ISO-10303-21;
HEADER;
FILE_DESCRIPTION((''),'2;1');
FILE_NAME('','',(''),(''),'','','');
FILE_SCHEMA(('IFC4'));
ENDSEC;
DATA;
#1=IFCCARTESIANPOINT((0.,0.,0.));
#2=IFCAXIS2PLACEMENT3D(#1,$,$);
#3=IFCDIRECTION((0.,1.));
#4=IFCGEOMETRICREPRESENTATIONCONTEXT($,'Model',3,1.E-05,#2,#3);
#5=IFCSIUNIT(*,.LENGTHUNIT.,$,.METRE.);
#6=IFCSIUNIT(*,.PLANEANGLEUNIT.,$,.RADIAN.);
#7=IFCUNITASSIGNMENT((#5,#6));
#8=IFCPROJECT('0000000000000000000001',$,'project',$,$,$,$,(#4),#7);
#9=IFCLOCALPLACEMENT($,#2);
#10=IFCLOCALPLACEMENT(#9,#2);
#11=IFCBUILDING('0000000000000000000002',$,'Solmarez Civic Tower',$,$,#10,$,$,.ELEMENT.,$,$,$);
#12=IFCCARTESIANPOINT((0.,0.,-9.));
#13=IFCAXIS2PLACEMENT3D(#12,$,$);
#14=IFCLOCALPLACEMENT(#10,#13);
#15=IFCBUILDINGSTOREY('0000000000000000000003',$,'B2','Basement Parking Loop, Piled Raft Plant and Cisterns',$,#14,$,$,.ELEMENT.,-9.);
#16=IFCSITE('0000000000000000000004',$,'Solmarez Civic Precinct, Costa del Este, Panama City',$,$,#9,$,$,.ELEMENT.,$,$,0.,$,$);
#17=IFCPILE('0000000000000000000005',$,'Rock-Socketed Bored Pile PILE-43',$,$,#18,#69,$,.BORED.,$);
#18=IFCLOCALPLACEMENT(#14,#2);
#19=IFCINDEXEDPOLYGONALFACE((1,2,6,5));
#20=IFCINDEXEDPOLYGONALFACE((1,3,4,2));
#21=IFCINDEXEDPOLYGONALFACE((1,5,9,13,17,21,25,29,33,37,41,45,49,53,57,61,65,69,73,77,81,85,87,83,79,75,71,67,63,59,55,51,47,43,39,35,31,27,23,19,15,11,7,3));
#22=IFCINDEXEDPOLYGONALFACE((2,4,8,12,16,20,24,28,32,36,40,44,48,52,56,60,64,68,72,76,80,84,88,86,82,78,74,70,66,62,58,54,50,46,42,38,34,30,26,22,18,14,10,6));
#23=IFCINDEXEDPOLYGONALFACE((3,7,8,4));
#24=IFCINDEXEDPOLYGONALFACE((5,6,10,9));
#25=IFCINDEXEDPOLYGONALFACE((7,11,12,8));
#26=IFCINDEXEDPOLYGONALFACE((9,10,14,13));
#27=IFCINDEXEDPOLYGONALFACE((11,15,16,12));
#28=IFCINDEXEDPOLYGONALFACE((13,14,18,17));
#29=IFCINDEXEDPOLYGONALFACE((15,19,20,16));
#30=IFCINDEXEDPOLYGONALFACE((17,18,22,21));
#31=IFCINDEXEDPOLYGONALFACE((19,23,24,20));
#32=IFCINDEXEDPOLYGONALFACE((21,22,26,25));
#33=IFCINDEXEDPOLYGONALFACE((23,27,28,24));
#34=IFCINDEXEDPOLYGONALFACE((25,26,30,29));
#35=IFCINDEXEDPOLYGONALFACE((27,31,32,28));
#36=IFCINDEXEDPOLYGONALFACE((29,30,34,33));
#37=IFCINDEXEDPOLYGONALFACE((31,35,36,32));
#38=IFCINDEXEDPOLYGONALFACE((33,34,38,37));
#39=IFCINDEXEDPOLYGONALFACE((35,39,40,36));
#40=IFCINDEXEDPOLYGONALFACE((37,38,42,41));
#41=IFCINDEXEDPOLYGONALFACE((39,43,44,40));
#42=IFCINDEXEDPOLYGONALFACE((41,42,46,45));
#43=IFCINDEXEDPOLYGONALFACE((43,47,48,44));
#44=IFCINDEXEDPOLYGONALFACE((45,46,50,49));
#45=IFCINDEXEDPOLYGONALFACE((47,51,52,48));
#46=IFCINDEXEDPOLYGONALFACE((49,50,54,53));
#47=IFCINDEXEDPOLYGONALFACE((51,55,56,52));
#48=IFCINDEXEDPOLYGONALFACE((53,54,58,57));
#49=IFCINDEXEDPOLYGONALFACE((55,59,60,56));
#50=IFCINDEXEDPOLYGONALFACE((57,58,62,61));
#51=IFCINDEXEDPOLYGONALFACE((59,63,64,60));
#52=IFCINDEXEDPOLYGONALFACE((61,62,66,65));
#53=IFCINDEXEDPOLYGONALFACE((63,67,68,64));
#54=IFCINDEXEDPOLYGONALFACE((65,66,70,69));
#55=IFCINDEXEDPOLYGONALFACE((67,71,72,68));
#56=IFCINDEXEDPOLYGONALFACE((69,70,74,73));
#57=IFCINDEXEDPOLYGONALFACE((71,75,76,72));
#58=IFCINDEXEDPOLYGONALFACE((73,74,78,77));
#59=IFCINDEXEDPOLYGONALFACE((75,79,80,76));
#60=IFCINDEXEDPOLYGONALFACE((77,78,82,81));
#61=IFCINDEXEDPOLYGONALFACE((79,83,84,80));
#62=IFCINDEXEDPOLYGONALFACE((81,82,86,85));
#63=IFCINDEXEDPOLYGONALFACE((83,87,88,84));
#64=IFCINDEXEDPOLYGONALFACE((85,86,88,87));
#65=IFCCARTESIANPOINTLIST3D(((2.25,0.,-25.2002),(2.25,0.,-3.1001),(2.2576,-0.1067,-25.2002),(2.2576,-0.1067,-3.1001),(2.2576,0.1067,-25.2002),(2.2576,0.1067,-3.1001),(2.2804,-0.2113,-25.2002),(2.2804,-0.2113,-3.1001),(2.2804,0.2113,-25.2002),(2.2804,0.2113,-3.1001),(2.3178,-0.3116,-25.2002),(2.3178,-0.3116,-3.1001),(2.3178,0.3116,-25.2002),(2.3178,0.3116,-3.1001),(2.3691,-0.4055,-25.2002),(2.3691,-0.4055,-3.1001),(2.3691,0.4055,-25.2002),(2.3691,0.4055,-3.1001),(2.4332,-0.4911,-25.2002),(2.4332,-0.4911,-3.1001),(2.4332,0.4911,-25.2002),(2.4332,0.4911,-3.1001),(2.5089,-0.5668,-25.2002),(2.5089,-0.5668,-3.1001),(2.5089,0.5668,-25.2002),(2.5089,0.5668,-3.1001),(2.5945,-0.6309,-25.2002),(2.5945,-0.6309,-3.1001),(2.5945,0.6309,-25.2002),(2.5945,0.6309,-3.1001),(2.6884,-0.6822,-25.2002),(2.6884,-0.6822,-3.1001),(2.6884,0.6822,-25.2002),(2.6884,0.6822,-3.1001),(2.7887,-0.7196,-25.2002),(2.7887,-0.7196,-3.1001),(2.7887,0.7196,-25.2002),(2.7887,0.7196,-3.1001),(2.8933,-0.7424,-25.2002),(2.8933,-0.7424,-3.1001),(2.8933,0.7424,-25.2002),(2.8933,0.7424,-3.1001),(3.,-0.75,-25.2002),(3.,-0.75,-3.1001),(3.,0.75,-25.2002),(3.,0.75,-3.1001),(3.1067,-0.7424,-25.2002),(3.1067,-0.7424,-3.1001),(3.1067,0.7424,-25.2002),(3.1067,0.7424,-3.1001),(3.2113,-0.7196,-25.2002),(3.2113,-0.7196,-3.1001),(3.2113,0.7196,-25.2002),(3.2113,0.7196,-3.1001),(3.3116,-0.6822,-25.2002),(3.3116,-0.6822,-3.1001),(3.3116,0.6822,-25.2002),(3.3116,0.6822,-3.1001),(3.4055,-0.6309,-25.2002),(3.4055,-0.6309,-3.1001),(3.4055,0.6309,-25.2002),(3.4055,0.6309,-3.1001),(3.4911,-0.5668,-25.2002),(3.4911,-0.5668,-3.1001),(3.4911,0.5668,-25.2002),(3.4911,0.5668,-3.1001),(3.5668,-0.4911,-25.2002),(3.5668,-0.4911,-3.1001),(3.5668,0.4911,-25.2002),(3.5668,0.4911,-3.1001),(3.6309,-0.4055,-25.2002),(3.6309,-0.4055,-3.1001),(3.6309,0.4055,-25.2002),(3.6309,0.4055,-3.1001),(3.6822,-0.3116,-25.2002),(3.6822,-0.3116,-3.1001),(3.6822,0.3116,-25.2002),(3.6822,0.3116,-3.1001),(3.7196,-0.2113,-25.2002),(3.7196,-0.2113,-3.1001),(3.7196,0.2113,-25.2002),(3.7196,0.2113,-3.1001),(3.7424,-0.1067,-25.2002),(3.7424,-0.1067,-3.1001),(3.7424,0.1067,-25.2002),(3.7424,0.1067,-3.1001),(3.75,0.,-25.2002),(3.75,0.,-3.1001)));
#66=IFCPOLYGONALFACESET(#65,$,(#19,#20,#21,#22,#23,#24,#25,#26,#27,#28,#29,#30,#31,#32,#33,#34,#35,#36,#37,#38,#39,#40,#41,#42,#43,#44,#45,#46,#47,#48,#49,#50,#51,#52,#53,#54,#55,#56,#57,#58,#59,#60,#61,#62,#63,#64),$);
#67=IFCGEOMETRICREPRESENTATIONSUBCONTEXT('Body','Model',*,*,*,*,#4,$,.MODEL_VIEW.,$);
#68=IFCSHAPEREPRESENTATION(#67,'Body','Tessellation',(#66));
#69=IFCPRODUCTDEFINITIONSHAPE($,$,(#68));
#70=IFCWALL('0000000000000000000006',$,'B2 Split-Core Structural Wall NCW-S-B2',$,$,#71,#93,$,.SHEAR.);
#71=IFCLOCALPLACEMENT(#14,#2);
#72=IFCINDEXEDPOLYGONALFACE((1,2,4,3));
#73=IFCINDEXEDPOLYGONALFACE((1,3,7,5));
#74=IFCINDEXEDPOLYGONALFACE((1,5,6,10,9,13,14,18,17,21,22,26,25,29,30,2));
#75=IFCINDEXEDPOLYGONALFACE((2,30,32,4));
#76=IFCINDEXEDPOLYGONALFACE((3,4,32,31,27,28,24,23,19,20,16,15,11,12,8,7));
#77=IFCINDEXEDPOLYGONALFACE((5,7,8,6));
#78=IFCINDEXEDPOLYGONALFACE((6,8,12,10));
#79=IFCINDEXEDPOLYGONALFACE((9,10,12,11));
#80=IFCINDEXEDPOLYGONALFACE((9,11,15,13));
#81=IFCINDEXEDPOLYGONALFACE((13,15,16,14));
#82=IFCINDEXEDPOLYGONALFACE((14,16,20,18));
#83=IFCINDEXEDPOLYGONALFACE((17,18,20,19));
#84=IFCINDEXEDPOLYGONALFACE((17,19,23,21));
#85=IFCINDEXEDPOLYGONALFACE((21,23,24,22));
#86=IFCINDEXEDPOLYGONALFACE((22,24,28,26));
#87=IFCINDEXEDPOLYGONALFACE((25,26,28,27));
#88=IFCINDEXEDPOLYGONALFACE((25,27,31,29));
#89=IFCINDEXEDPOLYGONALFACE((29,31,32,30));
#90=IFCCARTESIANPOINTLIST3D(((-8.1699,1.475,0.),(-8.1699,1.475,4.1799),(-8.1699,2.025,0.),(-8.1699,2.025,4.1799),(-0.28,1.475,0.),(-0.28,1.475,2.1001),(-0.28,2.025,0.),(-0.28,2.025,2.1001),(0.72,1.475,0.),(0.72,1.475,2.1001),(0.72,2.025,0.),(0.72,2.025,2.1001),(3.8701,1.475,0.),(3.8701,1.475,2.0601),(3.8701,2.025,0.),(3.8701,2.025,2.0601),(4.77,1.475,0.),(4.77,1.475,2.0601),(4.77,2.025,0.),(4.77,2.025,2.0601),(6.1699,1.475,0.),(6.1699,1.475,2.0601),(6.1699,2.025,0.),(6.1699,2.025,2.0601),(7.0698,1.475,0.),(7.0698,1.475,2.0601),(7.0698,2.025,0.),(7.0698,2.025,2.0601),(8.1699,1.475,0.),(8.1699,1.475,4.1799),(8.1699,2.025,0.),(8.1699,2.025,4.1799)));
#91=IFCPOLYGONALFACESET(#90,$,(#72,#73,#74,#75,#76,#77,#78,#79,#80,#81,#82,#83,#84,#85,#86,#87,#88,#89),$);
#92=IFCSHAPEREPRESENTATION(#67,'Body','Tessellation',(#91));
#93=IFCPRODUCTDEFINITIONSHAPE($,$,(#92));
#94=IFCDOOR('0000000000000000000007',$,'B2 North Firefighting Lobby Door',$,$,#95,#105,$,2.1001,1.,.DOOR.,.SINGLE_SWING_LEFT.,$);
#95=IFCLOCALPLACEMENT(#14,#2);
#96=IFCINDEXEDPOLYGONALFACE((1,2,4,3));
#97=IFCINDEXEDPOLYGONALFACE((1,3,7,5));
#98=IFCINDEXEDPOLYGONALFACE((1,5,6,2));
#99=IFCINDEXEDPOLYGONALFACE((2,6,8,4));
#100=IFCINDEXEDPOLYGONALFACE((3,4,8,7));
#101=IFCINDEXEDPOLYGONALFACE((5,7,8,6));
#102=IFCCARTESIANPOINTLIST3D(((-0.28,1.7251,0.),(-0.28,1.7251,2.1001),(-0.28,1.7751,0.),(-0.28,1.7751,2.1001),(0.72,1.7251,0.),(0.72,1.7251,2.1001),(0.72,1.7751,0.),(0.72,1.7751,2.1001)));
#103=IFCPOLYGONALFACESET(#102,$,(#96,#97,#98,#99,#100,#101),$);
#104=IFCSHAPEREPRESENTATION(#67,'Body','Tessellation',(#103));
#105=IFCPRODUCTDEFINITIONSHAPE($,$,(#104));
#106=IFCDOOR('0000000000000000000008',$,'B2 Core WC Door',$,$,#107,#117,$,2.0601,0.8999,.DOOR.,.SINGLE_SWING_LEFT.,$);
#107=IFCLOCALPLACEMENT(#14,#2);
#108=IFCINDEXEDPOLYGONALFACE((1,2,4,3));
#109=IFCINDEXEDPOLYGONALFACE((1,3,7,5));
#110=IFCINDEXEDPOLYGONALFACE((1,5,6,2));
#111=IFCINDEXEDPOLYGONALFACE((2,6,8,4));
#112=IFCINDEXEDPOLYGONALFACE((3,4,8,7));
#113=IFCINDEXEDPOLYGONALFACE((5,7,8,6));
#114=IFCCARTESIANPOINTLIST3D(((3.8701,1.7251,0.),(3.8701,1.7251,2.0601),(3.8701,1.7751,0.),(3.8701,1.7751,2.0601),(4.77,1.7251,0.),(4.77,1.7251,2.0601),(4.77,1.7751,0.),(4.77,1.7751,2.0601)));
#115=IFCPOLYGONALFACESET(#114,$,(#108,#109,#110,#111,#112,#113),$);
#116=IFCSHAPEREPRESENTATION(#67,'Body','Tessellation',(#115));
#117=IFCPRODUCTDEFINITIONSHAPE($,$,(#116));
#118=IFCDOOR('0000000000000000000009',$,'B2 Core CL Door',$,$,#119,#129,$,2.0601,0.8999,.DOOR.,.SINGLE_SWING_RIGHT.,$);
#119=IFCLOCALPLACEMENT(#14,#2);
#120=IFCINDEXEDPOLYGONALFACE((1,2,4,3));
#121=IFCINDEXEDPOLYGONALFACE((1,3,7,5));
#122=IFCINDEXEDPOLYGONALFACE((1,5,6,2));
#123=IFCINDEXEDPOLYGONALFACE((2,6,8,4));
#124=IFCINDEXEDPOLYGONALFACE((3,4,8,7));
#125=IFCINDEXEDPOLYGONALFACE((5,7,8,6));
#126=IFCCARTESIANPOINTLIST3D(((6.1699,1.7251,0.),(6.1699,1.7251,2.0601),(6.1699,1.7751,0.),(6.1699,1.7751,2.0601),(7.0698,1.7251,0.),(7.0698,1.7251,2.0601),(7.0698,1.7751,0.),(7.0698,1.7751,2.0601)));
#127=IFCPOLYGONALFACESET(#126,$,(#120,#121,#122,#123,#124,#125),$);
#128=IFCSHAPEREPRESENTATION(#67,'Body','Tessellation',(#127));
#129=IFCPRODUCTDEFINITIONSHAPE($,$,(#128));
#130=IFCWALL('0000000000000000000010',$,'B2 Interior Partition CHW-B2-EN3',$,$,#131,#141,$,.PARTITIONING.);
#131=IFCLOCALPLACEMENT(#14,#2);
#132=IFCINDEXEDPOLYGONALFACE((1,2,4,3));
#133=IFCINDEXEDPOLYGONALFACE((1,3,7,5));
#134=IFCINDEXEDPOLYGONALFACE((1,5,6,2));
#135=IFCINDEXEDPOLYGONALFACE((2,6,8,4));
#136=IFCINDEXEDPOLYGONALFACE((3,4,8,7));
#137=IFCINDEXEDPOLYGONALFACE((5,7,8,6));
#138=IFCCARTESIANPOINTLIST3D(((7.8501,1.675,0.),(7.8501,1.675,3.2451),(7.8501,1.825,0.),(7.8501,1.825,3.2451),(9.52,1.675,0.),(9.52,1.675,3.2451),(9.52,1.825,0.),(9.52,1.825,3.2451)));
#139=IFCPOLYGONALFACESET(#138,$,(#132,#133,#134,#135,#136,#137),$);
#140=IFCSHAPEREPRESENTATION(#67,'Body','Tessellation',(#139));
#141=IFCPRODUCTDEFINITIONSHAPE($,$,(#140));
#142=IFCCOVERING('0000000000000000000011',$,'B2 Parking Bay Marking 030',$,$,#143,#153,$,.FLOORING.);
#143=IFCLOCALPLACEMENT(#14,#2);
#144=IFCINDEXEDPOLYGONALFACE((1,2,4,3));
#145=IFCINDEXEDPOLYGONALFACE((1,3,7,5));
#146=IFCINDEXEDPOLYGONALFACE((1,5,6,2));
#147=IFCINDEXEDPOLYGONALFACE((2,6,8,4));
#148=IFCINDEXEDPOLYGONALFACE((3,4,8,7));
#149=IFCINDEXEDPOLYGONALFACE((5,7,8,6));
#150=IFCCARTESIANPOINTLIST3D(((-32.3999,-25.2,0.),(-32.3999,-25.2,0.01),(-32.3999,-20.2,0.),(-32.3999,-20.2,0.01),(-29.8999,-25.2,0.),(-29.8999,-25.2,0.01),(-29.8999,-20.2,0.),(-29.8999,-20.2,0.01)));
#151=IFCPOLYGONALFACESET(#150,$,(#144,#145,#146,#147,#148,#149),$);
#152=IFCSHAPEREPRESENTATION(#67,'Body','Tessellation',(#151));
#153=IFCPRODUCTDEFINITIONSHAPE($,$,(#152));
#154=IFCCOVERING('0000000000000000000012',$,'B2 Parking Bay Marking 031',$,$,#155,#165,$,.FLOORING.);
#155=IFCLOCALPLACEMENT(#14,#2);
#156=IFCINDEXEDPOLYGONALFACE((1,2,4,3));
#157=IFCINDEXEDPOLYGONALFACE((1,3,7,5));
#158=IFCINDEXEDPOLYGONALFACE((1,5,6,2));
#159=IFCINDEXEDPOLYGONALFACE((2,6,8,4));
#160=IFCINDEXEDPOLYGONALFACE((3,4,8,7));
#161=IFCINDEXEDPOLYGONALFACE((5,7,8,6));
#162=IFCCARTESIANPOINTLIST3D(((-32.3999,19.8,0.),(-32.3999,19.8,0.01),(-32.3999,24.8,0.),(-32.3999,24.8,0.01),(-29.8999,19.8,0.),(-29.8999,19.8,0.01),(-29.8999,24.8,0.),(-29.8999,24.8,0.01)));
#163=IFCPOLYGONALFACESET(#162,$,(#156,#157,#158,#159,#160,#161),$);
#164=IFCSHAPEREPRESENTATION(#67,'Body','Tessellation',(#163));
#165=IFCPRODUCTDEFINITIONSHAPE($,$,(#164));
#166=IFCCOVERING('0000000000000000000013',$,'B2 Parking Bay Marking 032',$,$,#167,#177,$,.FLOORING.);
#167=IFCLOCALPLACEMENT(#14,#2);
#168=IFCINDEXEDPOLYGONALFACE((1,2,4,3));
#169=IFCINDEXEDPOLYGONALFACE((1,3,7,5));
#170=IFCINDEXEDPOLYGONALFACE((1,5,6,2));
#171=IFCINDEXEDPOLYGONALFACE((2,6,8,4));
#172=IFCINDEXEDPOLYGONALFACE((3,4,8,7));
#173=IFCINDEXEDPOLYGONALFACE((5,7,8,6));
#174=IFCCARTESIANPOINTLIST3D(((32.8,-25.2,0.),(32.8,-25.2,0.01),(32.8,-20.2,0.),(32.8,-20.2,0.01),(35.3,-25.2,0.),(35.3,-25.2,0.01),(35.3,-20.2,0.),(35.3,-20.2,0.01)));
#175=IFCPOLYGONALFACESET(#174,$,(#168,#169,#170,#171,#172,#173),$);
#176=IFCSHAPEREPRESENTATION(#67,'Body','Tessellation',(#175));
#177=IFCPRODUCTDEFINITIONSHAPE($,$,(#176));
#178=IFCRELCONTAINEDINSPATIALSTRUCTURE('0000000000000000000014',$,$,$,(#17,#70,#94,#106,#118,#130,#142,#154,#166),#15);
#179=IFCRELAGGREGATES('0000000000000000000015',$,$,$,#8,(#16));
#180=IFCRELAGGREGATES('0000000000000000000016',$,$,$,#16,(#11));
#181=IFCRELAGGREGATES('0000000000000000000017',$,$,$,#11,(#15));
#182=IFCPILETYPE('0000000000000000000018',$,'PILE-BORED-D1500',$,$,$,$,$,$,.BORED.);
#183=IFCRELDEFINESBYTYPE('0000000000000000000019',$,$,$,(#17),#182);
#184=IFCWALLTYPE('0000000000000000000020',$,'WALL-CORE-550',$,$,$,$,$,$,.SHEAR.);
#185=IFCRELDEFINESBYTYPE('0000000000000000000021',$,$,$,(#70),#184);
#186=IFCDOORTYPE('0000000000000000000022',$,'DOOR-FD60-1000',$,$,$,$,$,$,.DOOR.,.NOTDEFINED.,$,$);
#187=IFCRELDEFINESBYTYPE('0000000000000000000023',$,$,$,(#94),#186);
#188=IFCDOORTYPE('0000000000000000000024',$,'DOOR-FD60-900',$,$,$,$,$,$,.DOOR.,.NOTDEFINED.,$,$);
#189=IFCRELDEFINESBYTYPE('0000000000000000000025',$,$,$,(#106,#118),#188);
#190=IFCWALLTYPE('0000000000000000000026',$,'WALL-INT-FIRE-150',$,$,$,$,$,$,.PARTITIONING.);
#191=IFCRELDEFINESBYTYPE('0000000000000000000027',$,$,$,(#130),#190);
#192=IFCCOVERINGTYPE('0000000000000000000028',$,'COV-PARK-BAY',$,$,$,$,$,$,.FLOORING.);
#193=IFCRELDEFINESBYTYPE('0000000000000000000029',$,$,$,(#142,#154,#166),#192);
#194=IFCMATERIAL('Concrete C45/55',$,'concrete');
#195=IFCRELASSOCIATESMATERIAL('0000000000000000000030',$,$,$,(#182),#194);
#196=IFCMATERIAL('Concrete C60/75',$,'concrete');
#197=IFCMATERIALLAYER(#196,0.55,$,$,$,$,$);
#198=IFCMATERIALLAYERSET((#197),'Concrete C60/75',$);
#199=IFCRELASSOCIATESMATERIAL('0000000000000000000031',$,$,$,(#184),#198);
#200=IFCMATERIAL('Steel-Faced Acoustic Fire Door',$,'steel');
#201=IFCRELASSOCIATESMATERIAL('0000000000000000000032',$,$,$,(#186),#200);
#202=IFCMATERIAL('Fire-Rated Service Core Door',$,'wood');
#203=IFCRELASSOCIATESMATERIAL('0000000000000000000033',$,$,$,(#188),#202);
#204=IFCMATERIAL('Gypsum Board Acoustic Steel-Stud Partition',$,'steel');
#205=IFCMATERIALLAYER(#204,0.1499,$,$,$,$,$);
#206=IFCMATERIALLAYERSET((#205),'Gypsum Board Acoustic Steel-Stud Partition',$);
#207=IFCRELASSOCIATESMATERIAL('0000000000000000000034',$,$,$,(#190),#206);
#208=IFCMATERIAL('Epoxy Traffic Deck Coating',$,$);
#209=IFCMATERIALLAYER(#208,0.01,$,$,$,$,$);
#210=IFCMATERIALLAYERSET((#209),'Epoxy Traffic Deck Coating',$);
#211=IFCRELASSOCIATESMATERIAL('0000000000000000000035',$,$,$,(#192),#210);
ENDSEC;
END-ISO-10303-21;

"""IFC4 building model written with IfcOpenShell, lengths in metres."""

from ifc_helpers import new_model, si_unit, direction, frame, frame_2d, origin, origin_2d, place, context, subcontext, project, spatial, polyline, rectangle, circle, outline, extrude, material, layer, layer_set, material_profile, profile_set, type_object, element, fill, save


model = new_model("IFC4")

# Units and contexts
model_context = context("Model", 3, precision=1e-05, world=origin(), true_north=direction((0.0, 1.0)))
body_context = subcontext(model_context, "Body", "Model", "MODEL_VIEW")
ifc_project = project(units=[si_unit("LENGTHUNIT", "METRE"), si_unit("PLANEANGLEUNIT", "RADIAN")], contexts=[model_context])

# Site, building, storey
site_placement = place(None, origin())
site = spatial("IfcSite", under=ifc_project, at=site_placement, Name="Solmarez Civic Precinct, Costa del Este, Panama City", CompositionType="ELEMENT", RefElevation=0.0)
building_placement = place(site_placement, origin())
building = spatial("IfcBuilding", under=site, at=building_placement, Name="Solmarez Civic Tower", CompositionType="ELEMENT")
storey_placement = place(building_placement, frame((0.0, 0.0, -9.0)))
storey = spatial("IfcBuildingStorey", under=building, at=storey_placement, Name="B2", Description="Basement Parking Loop, Piled Raft Plant and Cisterns", CompositionType="ELEMENT", Elevation=-9.0)

# Pile
ifc_material_1 = material(Name="Concrete C45/55", Category="concrete")
ifc_material_profile = material_profile(ifc_material_1, circle(Radius=0.75, at=origin_2d()), Name="PILE-D1500")
ifc_profile_set = profile_set([ifc_material_profile], Name="Concrete C45/55")
pile_type = type_object("IfcPileType", Name="PILE-BORED-D1500", PredefinedType="BORED", material=ifc_profile_set)
pile_placement = place(storey_placement, frame((3.0, 0.0, -3.1001), z_axis=(0.0, 0.0, -1.0), x_axis=(1.0, 0.0, 0.0)))
element("IfcPile", 1, at=pile_placement, inside=storey, type_object=pile_type, Name="Rock-Socketed Bored Pile PILE-43", PredefinedType="BORED", context=body_context, shape_type="SweptSolid", body=[
    extrude(circle(Radius=0.75, at=origin_2d()), origin(), (0.0, 0.0, 1.0), 22.1001),
])

# Wall, openings, doors
ifc_material_2 = material(Name="Concrete C60/75", Category="concrete")
ifc_layer_1 = layer(ifc_material_2, 0.55)
ifc_layer_set_1 = layer_set([ifc_layer_1], Name="Concrete C60/75")
wall_type_1 = type_object("IfcWallType", Name="WALL-CORE-550", PredefinedType="SHEAR", material=ifc_layer_set_1)
wall_1_placement = place(storey_placement, frame((8.1699, 1.75, 0.0), z_axis=(0.0, 0.0, 1.0), x_axis=(-1.0, 0.0, 0.0)))
wall_1 = element("IfcWall", 2, at=wall_1_placement, inside=storey, type_object=wall_type_1, Name="B2 Split-Core Structural Wall NCW-S-B2", PredefinedType="SHEAR", context=body_context, shape_type="SweptSolid", body=[
    extrude(rectangle(XDim=16.3398, YDim=0.55, at=frame_2d((8.1699, 0.0))), origin(), (0.0, 0.0, 1.0), 4.1799),
])
opening_1_placement = place(wall_1_placement, frame((7.45, 0.0, 0.0)))
opening_1 = element("IfcOpeningElement", 3, at=opening_1_placement, cuts=wall_1, PredefinedType="OPENING", context=body_context, shape_type="SweptSolid", body=[
    extrude(rectangle(XDim=1.0, YDim=2.1001, at=frame_2d((0.5, 1.05))), frame((0.0, 0.2849, 0.0), z_axis=(0.0, -1.0, 0.0), x_axis=(1.0, 0.0, 0.0)), (0.0, 0.0, 1.0), 0.5701),
])
opening_2_placement = place(wall_1_placement, frame((3.3999, 0.0, 0.0)))
opening_2 = element("IfcOpeningElement", 4, at=opening_2_placement, cuts=wall_1, PredefinedType="OPENING", context=body_context, shape_type="SweptSolid", body=[
    extrude(rectangle(XDim=0.8999, YDim=2.0601, at=frame_2d((0.45, 1.03))), frame((0.0, 0.2849, 0.0), z_axis=(0.0, -1.0, 0.0), x_axis=(1.0, 0.0, 0.0)), (0.0, 0.0, 1.0), 0.5701),
])
opening_3_placement = place(wall_1_placement, frame((1.1001, 0.0, 0.0)))
opening_3 = element("IfcOpeningElement", 5, at=opening_3_placement, cuts=wall_1, PredefinedType="OPENING", context=body_context, shape_type="SweptSolid", body=[
    extrude(rectangle(XDim=0.8999, YDim=2.0601, at=frame_2d((0.45, 1.03))), frame((0.0, 0.2849, 0.0), z_axis=(0.0, -1.0, 0.0), x_axis=(1.0, 0.0, 0.0)), (0.0, 0.0, 1.0), 0.5701),
])
ifc_material_3 = material(Name="Steel-Faced Acoustic Fire Door", Category="steel")
door_type_1 = type_object("IfcDoorType", Name="DOOR-FD60-1000", OperationType="NOTDEFINED", PredefinedType="DOOR", material=ifc_material_3)
door_1_placement = place(opening_1_placement, origin())
door_1 = element("IfcDoor", 6, at=door_1_placement, inside=storey, type_object=door_type_1, Name="B2 North Firefighting Lobby Door", OperationType="SINGLE_SWING_LEFT", OverallHeight=2.1001, OverallWidth=1.0, PredefinedType="DOOR", context=body_context, shape_type="SweptSolid", body=[
    extrude(rectangle(XDim=1.0, YDim=2.1001, at=frame_2d((0.5, 1.05))), frame((0.0, 0.0249, 0.0), z_axis=(0.0, -1.0, 0.0), x_axis=(1.0, 0.0, 0.0)), (0.0, 0.0, 1.0), 0.05),
])
fill(opening_1, door_1)
ifc_material_4 = material(Name="Fire-Rated Service Core Door", Category="wood")
door_type_2 = type_object("IfcDoorType", Name="DOOR-FD60-900", OperationType="NOTDEFINED", PredefinedType="DOOR", material=ifc_material_4)
door_2_placement = place(opening_2_placement, origin())
door_2 = element("IfcDoor", 7, at=door_2_placement, inside=storey, type_object=door_type_2, Name="B2 Core WC Door", OperationType="SINGLE_SWING_LEFT", OverallHeight=2.0601, OverallWidth=0.8999, PredefinedType="DOOR", context=body_context, shape_type="SweptSolid", body=[
    extrude(rectangle(XDim=0.8999, YDim=2.0601, at=frame_2d((0.45, 1.03))), frame((0.0, 0.0249, 0.0), z_axis=(0.0, -1.0, 0.0), x_axis=(1.0, 0.0, 0.0)), (0.0, 0.0, 1.0), 0.05),
])
fill(opening_2, door_2)
door_3_placement = place(opening_3_placement, origin())
door_3 = element("IfcDoor", 8, at=door_3_placement, inside=storey, type_object=door_type_2, Name="B2 Core CL Door", OperationType="SINGLE_SWING_RIGHT", OverallHeight=2.0601, OverallWidth=0.8999, PredefinedType="DOOR", context=body_context, shape_type="SweptSolid", body=[
    extrude(rectangle(XDim=0.8999, YDim=2.0601, at=frame_2d((0.45, 1.03))), frame((0.0, 0.0249, 0.0), z_axis=(0.0, -1.0, 0.0), x_axis=(1.0, 0.0, 0.0)), (0.0, 0.0, 1.0), 0.05),
])
fill(opening_3, door_3)

# Wall
ifc_material_5 = material(Name="Gypsum Board Acoustic Steel-Stud Partition", Category="steel")
ifc_layer_2 = layer(ifc_material_5, 0.1499)
ifc_layer_set_2 = layer_set([ifc_layer_2], Name="Gypsum Board Acoustic Steel-Stud Partition")
wall_type_2 = type_object("IfcWallType", Name="WALL-INT-FIRE-150", PredefinedType="PARTITIONING", material=ifc_layer_set_2)
wall_2_placement = place(storey_placement, frame((7.8501, 1.75, 0.0), z_axis=(0.0, 0.0, 1.0), x_axis=(1.0, 0.0, 0.0)))
element("IfcWall", 9, at=wall_2_placement, inside=storey, type_object=wall_type_2, Name="B2 Interior Partition CHW-B2-EN3", PredefinedType="PARTITIONING", context=body_context, shape_type="SweptSolid", body=[
    extrude(rectangle(XDim=1.6699, YDim=0.1499, at=frame_2d((0.835, 0.0))), origin(), (0.0, 0.0, 1.0), 3.2451),
])

# Coverings
ifc_material_6 = material(Name="Epoxy Traffic Deck Coating")
ifc_layer_3 = layer(ifc_material_6, 0.01)
ifc_layer_set_3 = layer_set([ifc_layer_3], Name="Epoxy Traffic Deck Coating")
covering_type = type_object("IfcCoveringType", Name="COV-PARK-BAY", PredefinedType="FLOORING", material=ifc_layer_set_3)
covering_1_placement = place(storey_placement, origin())
element("IfcCovering", 10, at=covering_1_placement, inside=storey, type_object=covering_type, Name="B2 Parking Bay Marking 030", PredefinedType="FLOORING", context=body_context, shape_type="SweptSolid", body=[
    extrude(outline(polyline([(-32.3999, -25.2), (-29.8999, -25.2), (-29.8999, -20.2), (-32.3999, -20.2), (-32.3999, -25.2)])), origin(), (0.0, 0.0, 1.0), 0.01),
])
covering_2_placement = place(storey_placement, origin())
element("IfcCovering", 11, at=covering_2_placement, inside=storey, type_object=covering_type, Name="B2 Parking Bay Marking 031", PredefinedType="FLOORING", context=body_context, shape_type="SweptSolid", body=[
    extrude(outline(polyline([(-32.3999, 19.8), (-29.8999, 19.8), (-29.8999, 24.8), (-32.3999, 24.8), (-32.3999, 19.8)])), origin(), (0.0, 0.0, 1.0), 0.01),
])
covering_3_placement = place(storey_placement, origin())
element("IfcCovering", 12, at=covering_3_placement, inside=storey, type_object=covering_type, Name="B2 Parking Bay Marking 032", PredefinedType="FLOORING", context=body_context, shape_type="SweptSolid", body=[
    extrude(outline(polyline([(32.8, -25.2), (35.3, -25.2), (35.3, -20.2), (32.8, -20.2), (32.8, -25.2)])), origin(), (0.0, 0.0, 1.0), 0.01),
])

save(model, "model.ifc")
